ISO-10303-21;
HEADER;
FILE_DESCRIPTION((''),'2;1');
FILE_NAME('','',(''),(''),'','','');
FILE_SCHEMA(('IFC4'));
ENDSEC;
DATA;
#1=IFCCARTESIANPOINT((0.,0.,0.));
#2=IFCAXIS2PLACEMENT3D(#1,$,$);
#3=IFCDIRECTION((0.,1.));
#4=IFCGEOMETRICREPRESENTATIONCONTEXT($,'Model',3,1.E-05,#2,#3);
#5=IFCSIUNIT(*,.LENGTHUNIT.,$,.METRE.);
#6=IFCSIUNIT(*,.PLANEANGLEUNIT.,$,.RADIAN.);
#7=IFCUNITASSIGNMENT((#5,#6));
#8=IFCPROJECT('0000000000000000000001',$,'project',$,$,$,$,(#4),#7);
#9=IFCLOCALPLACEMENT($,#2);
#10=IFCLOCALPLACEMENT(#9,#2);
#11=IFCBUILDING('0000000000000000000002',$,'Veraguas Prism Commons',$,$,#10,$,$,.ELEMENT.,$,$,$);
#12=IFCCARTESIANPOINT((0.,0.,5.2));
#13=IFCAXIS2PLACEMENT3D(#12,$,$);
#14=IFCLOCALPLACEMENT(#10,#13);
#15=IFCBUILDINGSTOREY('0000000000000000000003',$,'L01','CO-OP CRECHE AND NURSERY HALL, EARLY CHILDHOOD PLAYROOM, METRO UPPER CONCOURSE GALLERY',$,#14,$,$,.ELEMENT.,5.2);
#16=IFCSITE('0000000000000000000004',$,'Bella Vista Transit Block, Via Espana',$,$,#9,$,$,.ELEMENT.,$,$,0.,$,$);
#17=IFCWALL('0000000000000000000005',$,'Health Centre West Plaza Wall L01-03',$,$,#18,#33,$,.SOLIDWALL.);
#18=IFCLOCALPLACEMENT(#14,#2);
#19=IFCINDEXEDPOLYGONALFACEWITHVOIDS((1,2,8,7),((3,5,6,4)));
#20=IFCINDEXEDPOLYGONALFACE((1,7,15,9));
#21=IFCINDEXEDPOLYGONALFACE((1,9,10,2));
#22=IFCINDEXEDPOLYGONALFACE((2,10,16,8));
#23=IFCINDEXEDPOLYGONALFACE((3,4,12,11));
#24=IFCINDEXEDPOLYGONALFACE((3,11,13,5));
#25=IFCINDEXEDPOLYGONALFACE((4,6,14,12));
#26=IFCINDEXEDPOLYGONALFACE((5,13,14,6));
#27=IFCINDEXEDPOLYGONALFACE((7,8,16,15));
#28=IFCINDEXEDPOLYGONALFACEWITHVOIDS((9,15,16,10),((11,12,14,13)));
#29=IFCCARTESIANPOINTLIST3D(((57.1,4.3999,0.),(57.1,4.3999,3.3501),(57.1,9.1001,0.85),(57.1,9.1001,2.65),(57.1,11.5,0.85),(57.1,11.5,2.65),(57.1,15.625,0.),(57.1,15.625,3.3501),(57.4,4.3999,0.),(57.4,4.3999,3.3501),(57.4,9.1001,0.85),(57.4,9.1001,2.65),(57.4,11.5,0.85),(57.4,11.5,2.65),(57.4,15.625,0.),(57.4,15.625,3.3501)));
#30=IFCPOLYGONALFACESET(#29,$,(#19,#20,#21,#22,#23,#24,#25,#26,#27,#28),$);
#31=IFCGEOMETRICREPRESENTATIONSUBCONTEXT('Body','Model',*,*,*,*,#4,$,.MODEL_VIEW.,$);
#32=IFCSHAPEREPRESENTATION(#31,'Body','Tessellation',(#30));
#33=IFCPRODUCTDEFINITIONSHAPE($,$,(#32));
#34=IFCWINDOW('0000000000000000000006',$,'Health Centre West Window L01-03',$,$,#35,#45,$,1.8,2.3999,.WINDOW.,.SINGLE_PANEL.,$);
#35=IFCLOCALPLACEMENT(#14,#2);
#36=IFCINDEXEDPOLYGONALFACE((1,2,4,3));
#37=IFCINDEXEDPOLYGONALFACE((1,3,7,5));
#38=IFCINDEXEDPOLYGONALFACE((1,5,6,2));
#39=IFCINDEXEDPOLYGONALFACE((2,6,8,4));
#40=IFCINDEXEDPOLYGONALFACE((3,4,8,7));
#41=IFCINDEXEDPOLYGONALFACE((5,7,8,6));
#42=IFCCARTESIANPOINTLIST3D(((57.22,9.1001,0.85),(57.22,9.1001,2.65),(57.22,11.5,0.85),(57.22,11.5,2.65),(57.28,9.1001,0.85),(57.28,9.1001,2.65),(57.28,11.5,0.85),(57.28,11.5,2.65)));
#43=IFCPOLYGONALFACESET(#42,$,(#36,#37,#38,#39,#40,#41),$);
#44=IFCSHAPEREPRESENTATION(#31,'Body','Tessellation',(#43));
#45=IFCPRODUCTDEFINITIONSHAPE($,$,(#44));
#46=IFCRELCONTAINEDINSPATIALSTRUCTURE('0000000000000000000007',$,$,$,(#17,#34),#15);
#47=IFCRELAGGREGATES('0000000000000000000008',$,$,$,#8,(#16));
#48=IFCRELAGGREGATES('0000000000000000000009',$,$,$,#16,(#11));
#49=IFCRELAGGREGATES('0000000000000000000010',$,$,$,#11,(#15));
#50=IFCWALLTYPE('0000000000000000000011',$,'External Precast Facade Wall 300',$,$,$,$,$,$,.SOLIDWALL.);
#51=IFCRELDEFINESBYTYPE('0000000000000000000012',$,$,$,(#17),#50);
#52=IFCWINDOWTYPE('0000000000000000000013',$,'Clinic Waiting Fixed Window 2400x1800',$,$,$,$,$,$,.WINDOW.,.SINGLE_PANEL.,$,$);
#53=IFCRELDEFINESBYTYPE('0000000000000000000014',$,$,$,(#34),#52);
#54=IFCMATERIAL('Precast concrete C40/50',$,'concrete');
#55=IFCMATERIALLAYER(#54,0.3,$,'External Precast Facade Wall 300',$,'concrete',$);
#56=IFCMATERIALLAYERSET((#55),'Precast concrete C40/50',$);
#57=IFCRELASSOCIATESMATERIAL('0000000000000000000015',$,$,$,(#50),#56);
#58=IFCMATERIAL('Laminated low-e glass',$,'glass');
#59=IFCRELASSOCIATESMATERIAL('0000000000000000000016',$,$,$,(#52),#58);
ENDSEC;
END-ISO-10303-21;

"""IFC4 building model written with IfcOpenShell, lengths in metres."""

from ifc_helpers import new_model, si_unit, direction, frame, frame_2d, origin, place, context, subcontext, project, spatial, rectangle, extrude, source, transform, mapped, material, layer, layer_set, type_object, element, fill, save


model = new_model("IFC4")

# Units and contexts
model_context = context("Model", 3, precision=1e-05, world=origin(), true_north=direction((0.0, 1.0)))
body_context = subcontext(model_context, "Body", "Model", "MODEL_VIEW")
ifc_project = project(units=[si_unit("LENGTHUNIT", "METRE"), si_unit("PLANEANGLEUNIT", "RADIAN")], contexts=[model_context])

# Site, building, storey
site_placement = place(None, origin())
site = spatial("IfcSite", under=ifc_project, at=site_placement, Name="Bella Vista Transit Block, Via Espana", CompositionType="ELEMENT", RefElevation=0.0)
building_placement = place(site_placement, origin())
building = spatial("IfcBuilding", under=site, at=building_placement, Name="Veraguas Prism Commons", CompositionType="ELEMENT")
storey_placement = place(building_placement, frame((0.0, 0.0, 5.2)))
storey = spatial("IfcBuildingStorey", under=building, at=storey_placement, Name="L01", Description="CO-OP CRECHE AND NURSERY HALL, EARLY CHILDHOOD PLAYROOM, METRO UPPER CONCOURSE GALLERY", CompositionType="ELEMENT", Elevation=5.2)

# Shared definitions
ifc_material_1 = material(Name="Laminated low-e glass", Category="glass")

# Wall, opening, window
ifc_material_2 = material(Name="Precast concrete C40/50", Category="concrete")
ifc_layer_1 = layer(ifc_material_2, 0.3, Name="External Precast Facade Wall 300", Category="concrete")
ifc_layer_set_1 = layer_set([ifc_layer_1], Name="Precast concrete C40/50")
wall_type = type_object("IfcWallType", Name="External Precast Facade Wall 300", PredefinedType="SOLIDWALL", material=ifc_layer_set_1)
wall_1_placement = place(storey_placement, frame((57.25, 15.625, 0.0), z_axis=(0.0, 0.0, 1.0), x_axis=(0.0, -1.0, 0.0)))
wall_1 = element("IfcWall", 1, at=wall_1_placement, inside=storey, type_object=wall_type, Name="Health Centre West Plaza Wall L01-03", PredefinedType="SOLIDWALL", context=body_context, shape_type="SweptSolid", body=[
    extrude(rectangle(XDim=11.2251, YDim=0.3, at=frame_2d((5.6125, 0.0))), origin(), (0.0, 0.0, 1.0), 3.3501),
])
opening_1_placement = place(wall_1_placement, frame((4.125, 0.0, 0.8501)))
opening_1 = element("IfcOpeningElement", 2, at=opening_1_placement, cuts=wall_1, PredefinedType="OPENING", context=body_context, shape_type="SweptSolid", body=[
    extrude(rectangle(XDim=2.3999, YDim=1.8, at=frame_2d((1.2, 0.8999))), frame((0.0, 0.1599, 0.0), z_axis=(0.0, -1.0, 0.0), x_axis=(1.0, 0.0, 0.0)), (0.0, 0.0, 1.0), 0.3201),
])
window_type_1 = type_object("IfcWindowType", Name="Clinic Waiting Fixed Window 2400x1800", PartitioningType="SINGLE_PANEL", PredefinedType="WINDOW", material=ifc_material_1)
shared_shape_1 = source(origin(), body_context, "Body", "SweptSolid", [
    extrude(rectangle(XDim=2.3999, YDim=1.8, at=frame_2d((1.2, 0.8999))), frame((0.0, 0.03, 0.0), z_axis=(0.0, -1.0, 0.0), x_axis=(1.0, 0.0, 0.0)), (0.0, 0.0, 1.0), 0.0601),
])
window_1_placement = place(opening_1_placement, origin())
window_1 = element("IfcWindow", 3, at=window_1_placement, inside=storey, type_object=window_type_1, Name="Health Centre West Window L01-03", OverallHeight=1.8, OverallWidth=2.3999, PartitioningType="SINGLE_PANEL", PredefinedType="WINDOW", context=body_context, shape_type="MappedRepresentation", body=[
    mapped(shared_shape_1, transform((0.0, 0.0, 0.0), scale=1.0)),
])
fill(opening_1, window_1)

save(model, "model.ifc")
